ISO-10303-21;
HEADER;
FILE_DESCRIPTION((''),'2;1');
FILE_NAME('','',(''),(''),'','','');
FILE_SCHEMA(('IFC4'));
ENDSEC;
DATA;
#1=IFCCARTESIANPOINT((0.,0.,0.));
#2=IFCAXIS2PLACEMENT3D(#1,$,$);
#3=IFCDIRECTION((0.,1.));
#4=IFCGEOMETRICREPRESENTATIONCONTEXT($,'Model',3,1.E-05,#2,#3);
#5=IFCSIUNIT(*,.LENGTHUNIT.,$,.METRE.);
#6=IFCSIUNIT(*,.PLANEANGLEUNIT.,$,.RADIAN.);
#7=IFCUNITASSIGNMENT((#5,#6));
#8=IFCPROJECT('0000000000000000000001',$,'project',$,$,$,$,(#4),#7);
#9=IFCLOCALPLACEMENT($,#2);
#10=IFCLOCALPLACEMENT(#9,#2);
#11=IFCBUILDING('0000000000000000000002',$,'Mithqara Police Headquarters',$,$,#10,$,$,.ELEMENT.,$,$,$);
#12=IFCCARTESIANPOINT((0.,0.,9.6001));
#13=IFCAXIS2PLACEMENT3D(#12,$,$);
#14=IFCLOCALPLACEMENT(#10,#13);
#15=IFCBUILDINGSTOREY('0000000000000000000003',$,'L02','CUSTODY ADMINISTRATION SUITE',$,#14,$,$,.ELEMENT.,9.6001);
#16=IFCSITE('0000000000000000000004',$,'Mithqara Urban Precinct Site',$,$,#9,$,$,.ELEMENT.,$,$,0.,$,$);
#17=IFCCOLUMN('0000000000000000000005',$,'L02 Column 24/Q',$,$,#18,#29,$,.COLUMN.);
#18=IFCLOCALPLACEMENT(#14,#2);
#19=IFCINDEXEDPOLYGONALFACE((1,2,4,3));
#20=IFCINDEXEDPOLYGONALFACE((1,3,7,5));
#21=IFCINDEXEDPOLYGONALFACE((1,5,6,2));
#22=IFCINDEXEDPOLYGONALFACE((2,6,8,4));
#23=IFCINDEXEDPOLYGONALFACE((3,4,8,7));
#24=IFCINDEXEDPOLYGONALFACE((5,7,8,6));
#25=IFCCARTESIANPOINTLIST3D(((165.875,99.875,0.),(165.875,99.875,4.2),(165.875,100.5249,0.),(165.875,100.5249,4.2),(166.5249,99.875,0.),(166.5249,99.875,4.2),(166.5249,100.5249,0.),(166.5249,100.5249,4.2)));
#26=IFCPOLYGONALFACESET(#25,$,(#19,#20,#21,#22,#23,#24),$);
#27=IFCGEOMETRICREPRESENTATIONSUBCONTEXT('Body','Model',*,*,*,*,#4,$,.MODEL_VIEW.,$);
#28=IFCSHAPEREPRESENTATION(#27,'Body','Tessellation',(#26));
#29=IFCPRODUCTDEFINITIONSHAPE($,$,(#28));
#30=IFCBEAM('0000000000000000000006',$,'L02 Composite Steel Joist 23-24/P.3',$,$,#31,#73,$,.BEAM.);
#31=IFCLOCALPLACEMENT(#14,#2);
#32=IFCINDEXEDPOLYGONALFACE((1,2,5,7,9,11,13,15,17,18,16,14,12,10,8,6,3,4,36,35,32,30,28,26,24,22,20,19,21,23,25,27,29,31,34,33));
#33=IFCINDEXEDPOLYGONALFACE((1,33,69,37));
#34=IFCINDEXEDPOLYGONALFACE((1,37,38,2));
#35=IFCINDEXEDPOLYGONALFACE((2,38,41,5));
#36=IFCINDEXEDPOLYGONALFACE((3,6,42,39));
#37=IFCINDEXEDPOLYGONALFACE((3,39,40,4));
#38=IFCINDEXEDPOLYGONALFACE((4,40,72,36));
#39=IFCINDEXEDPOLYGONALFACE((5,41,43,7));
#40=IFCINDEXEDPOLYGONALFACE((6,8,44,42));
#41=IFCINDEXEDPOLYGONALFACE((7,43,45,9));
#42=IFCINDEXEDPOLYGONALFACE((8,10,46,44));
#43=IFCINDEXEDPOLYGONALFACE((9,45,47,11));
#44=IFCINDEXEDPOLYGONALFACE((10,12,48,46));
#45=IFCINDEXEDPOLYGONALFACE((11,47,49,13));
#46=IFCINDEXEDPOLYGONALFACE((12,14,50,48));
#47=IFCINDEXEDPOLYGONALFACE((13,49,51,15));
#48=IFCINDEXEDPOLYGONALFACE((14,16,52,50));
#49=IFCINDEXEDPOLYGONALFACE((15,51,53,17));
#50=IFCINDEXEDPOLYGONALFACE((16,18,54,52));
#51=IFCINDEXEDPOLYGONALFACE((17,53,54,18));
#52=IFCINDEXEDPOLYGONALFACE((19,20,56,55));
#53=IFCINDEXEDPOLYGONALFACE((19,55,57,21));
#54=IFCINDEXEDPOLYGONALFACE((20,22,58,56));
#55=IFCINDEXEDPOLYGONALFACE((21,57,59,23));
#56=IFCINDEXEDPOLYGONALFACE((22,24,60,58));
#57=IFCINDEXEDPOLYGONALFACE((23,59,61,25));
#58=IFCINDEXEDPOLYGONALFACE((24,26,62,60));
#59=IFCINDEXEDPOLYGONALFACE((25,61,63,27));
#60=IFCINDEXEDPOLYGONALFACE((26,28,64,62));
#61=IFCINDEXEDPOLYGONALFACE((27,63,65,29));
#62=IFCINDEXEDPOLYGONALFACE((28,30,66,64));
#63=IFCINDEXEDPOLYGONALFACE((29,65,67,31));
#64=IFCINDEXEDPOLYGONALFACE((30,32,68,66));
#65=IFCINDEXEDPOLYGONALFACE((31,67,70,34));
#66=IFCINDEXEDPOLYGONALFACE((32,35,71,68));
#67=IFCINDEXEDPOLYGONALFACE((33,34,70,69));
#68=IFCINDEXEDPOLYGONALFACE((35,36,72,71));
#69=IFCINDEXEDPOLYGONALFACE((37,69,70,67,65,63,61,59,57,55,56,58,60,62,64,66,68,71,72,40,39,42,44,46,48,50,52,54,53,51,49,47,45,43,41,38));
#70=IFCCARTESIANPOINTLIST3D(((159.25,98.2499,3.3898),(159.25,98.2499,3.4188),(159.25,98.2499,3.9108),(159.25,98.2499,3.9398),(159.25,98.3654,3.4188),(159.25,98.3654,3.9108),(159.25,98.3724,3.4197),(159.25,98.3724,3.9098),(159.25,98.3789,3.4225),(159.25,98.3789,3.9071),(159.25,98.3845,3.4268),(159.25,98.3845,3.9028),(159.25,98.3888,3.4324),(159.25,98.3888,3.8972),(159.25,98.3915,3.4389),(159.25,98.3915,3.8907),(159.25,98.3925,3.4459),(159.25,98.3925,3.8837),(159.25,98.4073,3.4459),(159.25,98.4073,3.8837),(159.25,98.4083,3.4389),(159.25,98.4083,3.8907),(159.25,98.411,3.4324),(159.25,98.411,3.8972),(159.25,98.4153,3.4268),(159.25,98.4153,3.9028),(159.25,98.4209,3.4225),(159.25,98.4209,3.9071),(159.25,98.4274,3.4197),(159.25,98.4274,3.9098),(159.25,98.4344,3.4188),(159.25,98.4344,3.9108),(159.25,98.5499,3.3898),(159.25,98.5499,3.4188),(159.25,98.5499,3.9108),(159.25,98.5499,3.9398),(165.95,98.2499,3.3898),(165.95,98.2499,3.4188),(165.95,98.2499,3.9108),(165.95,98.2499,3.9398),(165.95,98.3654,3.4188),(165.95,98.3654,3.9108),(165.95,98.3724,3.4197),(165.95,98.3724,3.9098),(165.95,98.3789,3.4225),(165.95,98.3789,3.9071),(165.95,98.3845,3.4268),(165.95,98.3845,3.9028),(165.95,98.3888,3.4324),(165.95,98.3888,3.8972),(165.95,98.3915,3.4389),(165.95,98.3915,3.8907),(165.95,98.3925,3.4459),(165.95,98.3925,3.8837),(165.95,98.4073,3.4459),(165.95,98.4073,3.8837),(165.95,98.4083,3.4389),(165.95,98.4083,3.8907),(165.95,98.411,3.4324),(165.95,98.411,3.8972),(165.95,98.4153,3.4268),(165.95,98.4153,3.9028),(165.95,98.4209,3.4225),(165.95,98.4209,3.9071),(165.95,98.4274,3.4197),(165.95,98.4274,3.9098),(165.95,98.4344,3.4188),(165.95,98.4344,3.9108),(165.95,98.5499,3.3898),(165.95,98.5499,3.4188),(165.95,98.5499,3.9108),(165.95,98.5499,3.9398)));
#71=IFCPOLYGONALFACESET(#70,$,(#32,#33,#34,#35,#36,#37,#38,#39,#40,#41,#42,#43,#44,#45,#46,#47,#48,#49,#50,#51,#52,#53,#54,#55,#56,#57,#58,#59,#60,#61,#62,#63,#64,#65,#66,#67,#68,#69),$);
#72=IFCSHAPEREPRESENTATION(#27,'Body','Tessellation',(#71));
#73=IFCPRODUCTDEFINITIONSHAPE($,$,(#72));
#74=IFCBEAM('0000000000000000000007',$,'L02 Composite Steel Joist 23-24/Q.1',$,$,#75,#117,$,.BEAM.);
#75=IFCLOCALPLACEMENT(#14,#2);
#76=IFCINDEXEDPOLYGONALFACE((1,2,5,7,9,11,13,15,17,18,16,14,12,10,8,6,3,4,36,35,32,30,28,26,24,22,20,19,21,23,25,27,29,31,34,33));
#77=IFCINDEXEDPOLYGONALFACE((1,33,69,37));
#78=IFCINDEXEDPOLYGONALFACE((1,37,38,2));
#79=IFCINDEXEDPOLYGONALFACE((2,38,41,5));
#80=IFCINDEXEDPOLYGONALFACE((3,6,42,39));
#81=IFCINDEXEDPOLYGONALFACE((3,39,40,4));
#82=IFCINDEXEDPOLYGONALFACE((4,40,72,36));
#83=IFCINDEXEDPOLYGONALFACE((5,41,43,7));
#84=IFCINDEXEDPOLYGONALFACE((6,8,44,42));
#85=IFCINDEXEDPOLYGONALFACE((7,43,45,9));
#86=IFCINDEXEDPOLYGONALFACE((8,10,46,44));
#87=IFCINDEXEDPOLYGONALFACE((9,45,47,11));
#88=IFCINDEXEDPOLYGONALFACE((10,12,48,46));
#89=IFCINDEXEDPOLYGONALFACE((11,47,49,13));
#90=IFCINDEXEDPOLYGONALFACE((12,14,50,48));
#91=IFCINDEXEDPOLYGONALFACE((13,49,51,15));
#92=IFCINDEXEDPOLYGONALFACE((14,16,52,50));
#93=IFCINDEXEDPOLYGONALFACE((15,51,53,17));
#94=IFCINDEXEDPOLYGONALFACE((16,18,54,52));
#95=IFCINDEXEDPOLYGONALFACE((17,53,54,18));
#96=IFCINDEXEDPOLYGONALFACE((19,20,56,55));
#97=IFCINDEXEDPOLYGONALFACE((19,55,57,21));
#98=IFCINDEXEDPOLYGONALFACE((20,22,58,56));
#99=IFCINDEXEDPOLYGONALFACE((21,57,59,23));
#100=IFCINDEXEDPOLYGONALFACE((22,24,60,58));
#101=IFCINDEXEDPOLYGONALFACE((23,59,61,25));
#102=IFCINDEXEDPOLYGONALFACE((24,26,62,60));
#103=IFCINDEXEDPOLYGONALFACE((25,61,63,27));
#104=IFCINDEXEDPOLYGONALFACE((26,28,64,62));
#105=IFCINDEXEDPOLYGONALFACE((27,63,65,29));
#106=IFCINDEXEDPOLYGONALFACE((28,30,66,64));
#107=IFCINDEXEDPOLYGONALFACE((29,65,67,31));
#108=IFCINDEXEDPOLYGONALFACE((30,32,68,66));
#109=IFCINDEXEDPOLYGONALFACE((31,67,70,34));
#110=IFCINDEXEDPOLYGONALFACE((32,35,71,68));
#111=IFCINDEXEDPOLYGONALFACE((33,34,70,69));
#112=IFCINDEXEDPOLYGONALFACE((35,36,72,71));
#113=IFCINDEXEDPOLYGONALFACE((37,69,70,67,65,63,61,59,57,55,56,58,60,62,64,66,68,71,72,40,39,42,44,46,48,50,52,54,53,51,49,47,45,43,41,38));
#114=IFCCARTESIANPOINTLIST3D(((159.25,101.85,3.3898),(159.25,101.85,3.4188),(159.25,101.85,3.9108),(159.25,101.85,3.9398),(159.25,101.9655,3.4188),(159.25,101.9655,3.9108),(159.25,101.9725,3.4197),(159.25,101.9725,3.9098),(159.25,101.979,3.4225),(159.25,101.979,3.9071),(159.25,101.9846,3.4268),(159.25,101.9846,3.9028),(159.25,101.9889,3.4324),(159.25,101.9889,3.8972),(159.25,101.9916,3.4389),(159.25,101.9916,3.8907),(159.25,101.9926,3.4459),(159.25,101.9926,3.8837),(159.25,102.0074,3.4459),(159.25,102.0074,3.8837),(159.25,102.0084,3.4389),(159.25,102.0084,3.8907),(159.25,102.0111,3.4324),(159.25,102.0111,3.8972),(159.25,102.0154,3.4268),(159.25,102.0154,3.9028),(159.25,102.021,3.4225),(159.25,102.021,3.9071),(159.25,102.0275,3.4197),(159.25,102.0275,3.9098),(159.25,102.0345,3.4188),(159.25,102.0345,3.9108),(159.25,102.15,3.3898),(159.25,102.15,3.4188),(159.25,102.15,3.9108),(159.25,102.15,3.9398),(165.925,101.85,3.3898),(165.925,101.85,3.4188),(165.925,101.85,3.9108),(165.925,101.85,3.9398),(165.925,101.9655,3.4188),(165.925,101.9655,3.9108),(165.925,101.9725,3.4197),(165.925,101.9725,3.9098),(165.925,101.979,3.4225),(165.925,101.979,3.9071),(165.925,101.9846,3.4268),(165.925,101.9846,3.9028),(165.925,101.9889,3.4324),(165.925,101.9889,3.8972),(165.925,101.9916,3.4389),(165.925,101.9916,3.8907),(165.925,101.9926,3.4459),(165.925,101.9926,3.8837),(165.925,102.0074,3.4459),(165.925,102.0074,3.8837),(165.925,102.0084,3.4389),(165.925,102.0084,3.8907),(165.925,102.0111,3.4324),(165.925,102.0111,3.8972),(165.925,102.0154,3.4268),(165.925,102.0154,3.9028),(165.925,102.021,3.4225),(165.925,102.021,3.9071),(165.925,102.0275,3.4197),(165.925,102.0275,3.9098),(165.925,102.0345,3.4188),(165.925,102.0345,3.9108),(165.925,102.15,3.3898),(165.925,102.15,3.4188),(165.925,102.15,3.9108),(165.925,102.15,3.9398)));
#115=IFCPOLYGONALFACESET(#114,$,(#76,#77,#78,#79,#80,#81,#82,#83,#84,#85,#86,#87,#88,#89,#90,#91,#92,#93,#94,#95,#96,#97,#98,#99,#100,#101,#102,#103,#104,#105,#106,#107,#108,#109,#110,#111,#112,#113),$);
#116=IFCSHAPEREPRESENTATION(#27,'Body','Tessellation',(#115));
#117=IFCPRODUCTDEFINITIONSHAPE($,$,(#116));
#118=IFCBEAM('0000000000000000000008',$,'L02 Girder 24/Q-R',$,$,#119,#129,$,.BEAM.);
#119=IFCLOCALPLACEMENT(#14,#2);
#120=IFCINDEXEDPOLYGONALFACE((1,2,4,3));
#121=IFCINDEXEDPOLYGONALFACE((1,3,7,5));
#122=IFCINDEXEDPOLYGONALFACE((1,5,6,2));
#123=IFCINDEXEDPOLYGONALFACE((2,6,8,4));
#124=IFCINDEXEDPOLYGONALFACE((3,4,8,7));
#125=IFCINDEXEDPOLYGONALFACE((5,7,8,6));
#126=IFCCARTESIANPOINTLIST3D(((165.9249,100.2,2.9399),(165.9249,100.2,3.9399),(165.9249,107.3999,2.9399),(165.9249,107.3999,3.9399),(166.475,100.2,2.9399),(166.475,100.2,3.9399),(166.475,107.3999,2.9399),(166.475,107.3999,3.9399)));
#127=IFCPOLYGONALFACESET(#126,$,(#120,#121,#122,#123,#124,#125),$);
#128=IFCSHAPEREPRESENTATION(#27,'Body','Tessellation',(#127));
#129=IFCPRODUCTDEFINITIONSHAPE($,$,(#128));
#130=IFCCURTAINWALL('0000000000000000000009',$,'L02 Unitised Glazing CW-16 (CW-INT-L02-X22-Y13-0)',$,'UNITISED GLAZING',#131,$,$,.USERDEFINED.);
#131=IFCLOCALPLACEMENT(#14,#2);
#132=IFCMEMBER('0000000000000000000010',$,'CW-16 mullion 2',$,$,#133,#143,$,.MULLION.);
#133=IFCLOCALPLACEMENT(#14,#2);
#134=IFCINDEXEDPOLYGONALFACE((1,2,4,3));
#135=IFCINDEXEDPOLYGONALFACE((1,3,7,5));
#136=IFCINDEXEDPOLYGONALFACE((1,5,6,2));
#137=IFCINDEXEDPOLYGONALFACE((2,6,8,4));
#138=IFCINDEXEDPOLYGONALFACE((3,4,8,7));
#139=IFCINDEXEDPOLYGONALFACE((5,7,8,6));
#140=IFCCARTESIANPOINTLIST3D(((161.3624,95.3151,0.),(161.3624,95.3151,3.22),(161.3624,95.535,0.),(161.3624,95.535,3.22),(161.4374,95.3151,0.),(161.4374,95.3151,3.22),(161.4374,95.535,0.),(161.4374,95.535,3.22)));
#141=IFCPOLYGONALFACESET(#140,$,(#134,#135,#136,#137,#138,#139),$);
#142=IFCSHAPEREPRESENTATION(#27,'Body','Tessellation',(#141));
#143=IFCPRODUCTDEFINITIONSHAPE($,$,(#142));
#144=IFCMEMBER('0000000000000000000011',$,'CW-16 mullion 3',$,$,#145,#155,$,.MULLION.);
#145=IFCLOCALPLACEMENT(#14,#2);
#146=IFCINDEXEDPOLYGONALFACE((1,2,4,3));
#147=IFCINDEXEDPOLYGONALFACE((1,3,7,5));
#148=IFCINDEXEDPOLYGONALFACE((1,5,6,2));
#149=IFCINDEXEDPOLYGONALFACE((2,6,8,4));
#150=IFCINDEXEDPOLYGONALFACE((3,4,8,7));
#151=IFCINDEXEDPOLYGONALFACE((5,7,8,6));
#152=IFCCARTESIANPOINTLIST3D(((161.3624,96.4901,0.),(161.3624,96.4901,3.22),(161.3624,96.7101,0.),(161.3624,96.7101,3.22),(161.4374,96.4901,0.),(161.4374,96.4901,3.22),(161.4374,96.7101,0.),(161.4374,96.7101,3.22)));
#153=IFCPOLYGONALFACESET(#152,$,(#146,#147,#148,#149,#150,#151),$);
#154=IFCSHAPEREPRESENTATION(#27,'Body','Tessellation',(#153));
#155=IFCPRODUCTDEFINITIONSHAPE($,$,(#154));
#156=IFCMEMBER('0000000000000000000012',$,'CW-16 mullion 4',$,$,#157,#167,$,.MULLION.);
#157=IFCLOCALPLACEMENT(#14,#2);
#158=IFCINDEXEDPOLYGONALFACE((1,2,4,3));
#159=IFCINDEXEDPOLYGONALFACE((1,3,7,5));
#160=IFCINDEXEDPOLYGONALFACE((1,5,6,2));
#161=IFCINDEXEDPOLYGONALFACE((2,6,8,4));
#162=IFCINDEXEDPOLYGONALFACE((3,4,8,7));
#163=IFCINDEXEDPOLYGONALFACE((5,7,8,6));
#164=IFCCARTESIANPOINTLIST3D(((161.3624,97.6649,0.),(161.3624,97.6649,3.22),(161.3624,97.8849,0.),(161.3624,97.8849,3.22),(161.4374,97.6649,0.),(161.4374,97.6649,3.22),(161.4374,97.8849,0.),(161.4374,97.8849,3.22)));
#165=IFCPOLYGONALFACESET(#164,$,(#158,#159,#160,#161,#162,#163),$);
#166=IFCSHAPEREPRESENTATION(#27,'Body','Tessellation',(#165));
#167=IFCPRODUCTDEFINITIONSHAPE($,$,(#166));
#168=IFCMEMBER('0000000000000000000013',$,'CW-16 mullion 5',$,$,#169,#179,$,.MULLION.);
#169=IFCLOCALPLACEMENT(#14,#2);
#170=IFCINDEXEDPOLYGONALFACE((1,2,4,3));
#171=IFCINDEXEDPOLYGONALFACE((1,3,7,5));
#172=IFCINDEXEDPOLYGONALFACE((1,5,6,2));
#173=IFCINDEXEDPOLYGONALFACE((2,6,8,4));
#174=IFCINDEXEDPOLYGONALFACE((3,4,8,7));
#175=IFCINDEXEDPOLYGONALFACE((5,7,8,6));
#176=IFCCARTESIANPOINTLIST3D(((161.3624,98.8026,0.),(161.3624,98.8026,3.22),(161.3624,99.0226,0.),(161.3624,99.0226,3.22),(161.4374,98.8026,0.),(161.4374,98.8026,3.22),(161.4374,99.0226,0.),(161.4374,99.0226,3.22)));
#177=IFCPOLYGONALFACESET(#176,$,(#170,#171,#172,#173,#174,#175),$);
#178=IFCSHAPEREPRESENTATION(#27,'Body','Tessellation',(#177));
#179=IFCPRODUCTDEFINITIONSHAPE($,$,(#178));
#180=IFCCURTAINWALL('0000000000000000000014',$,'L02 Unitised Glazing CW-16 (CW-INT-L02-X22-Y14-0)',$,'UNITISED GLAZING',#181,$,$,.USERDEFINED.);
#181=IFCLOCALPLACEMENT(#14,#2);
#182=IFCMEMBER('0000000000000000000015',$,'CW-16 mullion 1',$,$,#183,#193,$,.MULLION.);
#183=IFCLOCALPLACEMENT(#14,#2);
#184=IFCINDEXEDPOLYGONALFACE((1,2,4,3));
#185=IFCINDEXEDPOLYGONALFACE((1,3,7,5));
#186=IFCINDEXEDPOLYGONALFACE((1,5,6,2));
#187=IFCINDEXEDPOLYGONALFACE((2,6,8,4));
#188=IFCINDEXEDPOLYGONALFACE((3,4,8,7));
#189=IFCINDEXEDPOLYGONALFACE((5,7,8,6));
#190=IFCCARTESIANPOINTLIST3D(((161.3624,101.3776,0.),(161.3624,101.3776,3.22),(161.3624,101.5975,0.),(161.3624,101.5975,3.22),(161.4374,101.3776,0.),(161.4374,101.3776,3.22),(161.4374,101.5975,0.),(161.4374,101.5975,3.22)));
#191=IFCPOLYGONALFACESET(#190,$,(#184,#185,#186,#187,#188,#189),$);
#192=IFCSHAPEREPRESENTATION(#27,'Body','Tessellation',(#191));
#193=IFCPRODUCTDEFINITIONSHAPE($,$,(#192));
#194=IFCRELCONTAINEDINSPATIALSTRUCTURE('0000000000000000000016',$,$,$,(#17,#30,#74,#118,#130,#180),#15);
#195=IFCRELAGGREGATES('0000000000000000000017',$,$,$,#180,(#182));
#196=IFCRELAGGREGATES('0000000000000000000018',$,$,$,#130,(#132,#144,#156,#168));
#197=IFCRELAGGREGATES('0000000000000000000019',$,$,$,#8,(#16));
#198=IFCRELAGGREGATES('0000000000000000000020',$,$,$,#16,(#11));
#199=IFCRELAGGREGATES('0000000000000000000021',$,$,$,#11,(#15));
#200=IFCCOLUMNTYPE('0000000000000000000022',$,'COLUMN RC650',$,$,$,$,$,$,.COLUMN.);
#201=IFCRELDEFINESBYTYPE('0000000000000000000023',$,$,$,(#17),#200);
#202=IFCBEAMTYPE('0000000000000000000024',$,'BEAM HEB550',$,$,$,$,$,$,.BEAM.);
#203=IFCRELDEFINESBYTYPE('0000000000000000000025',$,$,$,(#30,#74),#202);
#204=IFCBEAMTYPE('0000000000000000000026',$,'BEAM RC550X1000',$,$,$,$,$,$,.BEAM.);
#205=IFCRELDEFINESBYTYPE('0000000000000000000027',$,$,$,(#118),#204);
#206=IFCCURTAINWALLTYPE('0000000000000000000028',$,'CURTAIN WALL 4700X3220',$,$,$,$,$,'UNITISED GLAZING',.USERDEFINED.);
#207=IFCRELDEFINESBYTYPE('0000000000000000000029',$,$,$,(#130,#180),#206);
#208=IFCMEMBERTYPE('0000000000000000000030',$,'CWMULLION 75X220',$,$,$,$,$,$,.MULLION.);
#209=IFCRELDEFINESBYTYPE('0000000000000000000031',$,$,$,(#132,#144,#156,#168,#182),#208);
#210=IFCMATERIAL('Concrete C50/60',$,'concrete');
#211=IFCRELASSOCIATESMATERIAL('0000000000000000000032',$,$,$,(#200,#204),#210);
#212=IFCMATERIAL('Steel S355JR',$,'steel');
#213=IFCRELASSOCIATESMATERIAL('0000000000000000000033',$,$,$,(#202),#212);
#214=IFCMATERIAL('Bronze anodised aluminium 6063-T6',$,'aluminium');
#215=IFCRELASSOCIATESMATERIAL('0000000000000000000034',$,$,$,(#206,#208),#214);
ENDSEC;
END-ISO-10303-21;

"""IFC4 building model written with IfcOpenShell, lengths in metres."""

from ifc_helpers import new_model, si_unit, direction, frame, origin, origin_2d, place, context, subcontext, project, spatial, rectangle, i_section, extrude, material, material_profile, profile_set, type_object, element, aggregate, save


model = new_model("IFC4")

# Units and contexts
model_context = context("Model", 3, precision=1e-05, world=origin(), true_north=direction((0.0, 1.0)))
body_context = subcontext(model_context, "Body", "Model", "MODEL_VIEW")
ifc_project = project(units=[si_unit("LENGTHUNIT", "METRE"), si_unit("PLANEANGLEUNIT", "RADIAN")], contexts=[model_context])

# Site, building, storey
site_placement = place(None, origin())
site = spatial("IfcSite", under=ifc_project, at=site_placement, Name="Mithqara Urban Precinct Site", CompositionType="ELEMENT", RefElevation=0.0)
building_placement = place(site_placement, origin())
building = spatial("IfcBuilding", under=site, at=building_placement, Name="Mithqara Police Headquarters", CompositionType="ELEMENT")
storey_placement = place(building_placement, frame((0.0, 0.0, 9.6001)))
storey = spatial("IfcBuildingStorey", under=building, at=storey_placement, Name="L02", Description="CUSTODY ADMINISTRATION SUITE", CompositionType="ELEMENT", Elevation=9.6001)

# Column
ifc_material_1 = material(Name="Concrete C50/60", Category="concrete")
ifc_material_profile_1 = material_profile(ifc_material_1, rectangle(XDim=0.6499, YDim=0.6499, at=origin_2d()), Name="RC 650x650")
ifc_profile_set_1 = profile_set([ifc_material_profile_1], Name="Concrete C50/60")
column_type = type_object("IfcColumnType", Name="COLUMN RC650", PredefinedType="COLUMN", material=ifc_profile_set_1)
column_placement = place(storey_placement, frame((166.2, 100.2, 0.0), z_axis=(0.0, 0.0, 1.0), x_axis=(1.0, 0.0, 0.0)))
element("IfcColumn", 1, at=column_placement, inside=storey, type_object=column_type, Name="L02 Column 24/Q", PredefinedType="COLUMN", context=body_context, shape_type="SweptSolid", body=[
    extrude(rectangle(XDim=0.6499, YDim=0.6499, at=origin_2d()), origin(), (0.0, 0.0, 1.0), 4.2),
])

# Beams
ifc_material_2 = material(Name="Steel S355JR", Category="steel")
ifc_material_profile_2 = material_profile(ifc_material_2, i_section(OverallWidth=0.3, OverallDepth=0.55, WebThickness=0.0149, FlangeThickness=0.0291, FilletRadius=0.0271, at=origin_2d()), Name="HEB 550")
ifc_profile_set_2 = profile_set([ifc_material_profile_2], Name="Steel S355JR")
beam_type_1 = type_object("IfcBeamType", Name="BEAM HEB550", PredefinedType="BEAM", material=ifc_profile_set_2)
beam_1_placement = place(storey_placement, frame((159.25, 98.3999, 3.6648), z_axis=(1.0, 0.0, 0.0), x_axis=(0.0, 1.0, 0.0)))
element("IfcBeam", 2, at=beam_1_placement, inside=storey, type_object=beam_type_1, Name="L02 Composite Steel Joist 23-24/P.3", PredefinedType="BEAM", context=body_context, shape_type="SweptSolid", body=[
    extrude(i_section(OverallWidth=0.3, OverallDepth=0.55, WebThickness=0.0149, FlangeThickness=0.0291, FilletRadius=0.0271, at=origin_2d()), origin(), (0.0, 0.0, 1.0), 6.7),
])
beam_2_placement = place(storey_placement, frame((159.25, 102.0, 3.6648), z_axis=(1.0, 0.0, 0.0), x_axis=(0.0, 1.0, 0.0)))
element("IfcBeam", 3, at=beam_2_placement, inside=storey, type_object=beam_type_1, Name="L02 Composite Steel Joist 23-24/Q.1", PredefinedType="BEAM", context=body_context, shape_type="SweptSolid", body=[
    extrude(i_section(OverallWidth=0.3, OverallDepth=0.55, WebThickness=0.0149, FlangeThickness=0.0291, FilletRadius=0.0271, at=origin_2d()), origin(), (0.0, 0.0, 1.0), 6.675),
])
ifc_material_profile_3 = material_profile(ifc_material_1, rectangle(XDim=0.55, YDim=1.0, at=origin_2d()), Name="RC 550x1000")
ifc_profile_set_3 = profile_set([ifc_material_profile_3], Name="Concrete C50/60")
beam_type_2 = type_object("IfcBeamType", Name="BEAM RC550X1000", PredefinedType="BEAM", material=ifc_profile_set_3)
beam_3_placement = place(storey_placement, frame((166.2, 100.2, 3.4399), z_axis=(0.0, 1.0, 0.0), x_axis=(-1.0, 0.0, 0.0)))
element("IfcBeam", 4, at=beam_3_placement, inside=storey, type_object=beam_type_2, Name="L02 Girder 24/Q-R", PredefinedType="BEAM", context=body_context, shape_type="SweptSolid", body=[
    extrude(rectangle(XDim=0.55, YDim=1.0, at=origin_2d()), origin(), (0.0, 0.0, 1.0), 7.2),
])

# Curtain wall, members
ifc_material_3 = material(Name="Bronze anodised aluminium 6063-T6", Category="aluminium")
curtain_wall_type = type_object("IfcCurtainWallType", Name="CURTAIN WALL 4700X3220", ElementType="UNITISED GLAZING", PredefinedType="USERDEFINED", material=ifc_material_3)
curtain_wall_1_placement = place(storey_placement, origin())
curtain_wall_1 = element("IfcCurtainWall", 5, at=curtain_wall_1_placement, inside=storey, type_object=curtain_wall_type, Name="L02 Unitised Glazing CW-16 (CW-INT-L02-X22-Y13-0)", ObjectType="UNITISED GLAZING", PredefinedType="USERDEFINED")
ifc_material_profile_4 = material_profile(ifc_material_3, rectangle(XDim=0.075, YDim=0.22, at=origin_2d()), Name="CWM 75x220")
ifc_profile_set_4 = profile_set([ifc_material_profile_4], Name="Bronze anodised aluminium 6063-T6")
member_type_1 = type_object("IfcMemberType", Name="CWMULLION 75X220", PredefinedType="MULLION", material=ifc_profile_set_4)
member_1_placement = place(storey_placement, frame((161.3999, 95.425, 0.0), z_axis=(0.0, 0.0, 1.0), x_axis=(-1.0, 0.0, 0.0)))
member_1 = element("IfcMember", 6, at=member_1_placement, type_object=member_type_1, Name="CW-16 mullion 2", PredefinedType="MULLION", context=body_context, shape_type="SweptSolid", body=[
    extrude(rectangle(XDim=0.075, YDim=0.22, at=origin_2d()), origin(), (0.0, 0.0, 1.0), 3.22),
])
member_2_placement = place(storey_placement, frame((161.3999, 96.6001, 0.0), z_axis=(0.0, 0.0, 1.0), x_axis=(-1.0, 0.0, 0.0)))
member_2 = element("IfcMember", 7, at=member_2_placement, type_object=member_type_1, Name="CW-16 mullion 3", PredefinedType="MULLION", context=body_context, shape_type="SweptSolid", body=[
    extrude(rectangle(XDim=0.075, YDim=0.22, at=origin_2d()), origin(), (0.0, 0.0, 1.0), 3.22),
])
member_3_placement = place(storey_placement, frame((161.3999, 97.7749, 0.0), z_axis=(0.0, 0.0, 1.0), x_axis=(-1.0, 0.0, 0.0)))
member_3 = element("IfcMember", 8, at=member_3_placement, type_object=member_type_1, Name="CW-16 mullion 4", PredefinedType="MULLION", context=body_context, shape_type="SweptSolid", body=[
    extrude(rectangle(XDim=0.075, YDim=0.22, at=origin_2d()), origin(), (0.0, 0.0, 1.0), 3.22),
])
member_4_placement = place(storey_placement, frame((161.3999, 98.9126, 0.0), z_axis=(0.0, 0.0, 1.0), x_axis=(-1.0, 0.0, 0.0)))
member_4 = element("IfcMember", 9, at=member_4_placement, type_object=member_type_1, Name="CW-16 mullion 5", PredefinedType="MULLION", context=body_context, shape_type="SweptSolid", body=[
    extrude(rectangle(XDim=0.075, YDim=0.22, at=origin_2d()), origin(), (0.0, 0.0, 1.0), 3.22),
])

# Curtain wall, member
curtain_wall_2_placement = place(storey_placement, origin())
curtain_wall_2 = element("IfcCurtainWall", 10, at=curtain_wall_2_placement, inside=storey, type_object=curtain_wall_type, Name="L02 Unitised Glazing CW-16 (CW-INT-L02-X22-Y14-0)", ObjectType="UNITISED GLAZING", PredefinedType="USERDEFINED")
member_5_placement = place(storey_placement, frame((161.3999, 101.4875, 0.0), z_axis=(0.0, 0.0, 1.0), x_axis=(-1.0, 0.0, 0.0)))
member_5 = element("IfcMember", 11, at=member_5_placement, type_object=member_type_1, Name="CW-16 mullion 1", PredefinedType="MULLION", context=body_context, shape_type="SweptSolid", body=[
    extrude(rectangle(XDim=0.075, YDim=0.22, at=origin_2d()), origin(), (0.0, 0.0, 1.0), 3.22),
])

aggregate(curtain_wall_2, [member_5])

aggregate(curtain_wall_1, [member_1, member_2, member_3, member_4])

save(model, "model.ifc")
